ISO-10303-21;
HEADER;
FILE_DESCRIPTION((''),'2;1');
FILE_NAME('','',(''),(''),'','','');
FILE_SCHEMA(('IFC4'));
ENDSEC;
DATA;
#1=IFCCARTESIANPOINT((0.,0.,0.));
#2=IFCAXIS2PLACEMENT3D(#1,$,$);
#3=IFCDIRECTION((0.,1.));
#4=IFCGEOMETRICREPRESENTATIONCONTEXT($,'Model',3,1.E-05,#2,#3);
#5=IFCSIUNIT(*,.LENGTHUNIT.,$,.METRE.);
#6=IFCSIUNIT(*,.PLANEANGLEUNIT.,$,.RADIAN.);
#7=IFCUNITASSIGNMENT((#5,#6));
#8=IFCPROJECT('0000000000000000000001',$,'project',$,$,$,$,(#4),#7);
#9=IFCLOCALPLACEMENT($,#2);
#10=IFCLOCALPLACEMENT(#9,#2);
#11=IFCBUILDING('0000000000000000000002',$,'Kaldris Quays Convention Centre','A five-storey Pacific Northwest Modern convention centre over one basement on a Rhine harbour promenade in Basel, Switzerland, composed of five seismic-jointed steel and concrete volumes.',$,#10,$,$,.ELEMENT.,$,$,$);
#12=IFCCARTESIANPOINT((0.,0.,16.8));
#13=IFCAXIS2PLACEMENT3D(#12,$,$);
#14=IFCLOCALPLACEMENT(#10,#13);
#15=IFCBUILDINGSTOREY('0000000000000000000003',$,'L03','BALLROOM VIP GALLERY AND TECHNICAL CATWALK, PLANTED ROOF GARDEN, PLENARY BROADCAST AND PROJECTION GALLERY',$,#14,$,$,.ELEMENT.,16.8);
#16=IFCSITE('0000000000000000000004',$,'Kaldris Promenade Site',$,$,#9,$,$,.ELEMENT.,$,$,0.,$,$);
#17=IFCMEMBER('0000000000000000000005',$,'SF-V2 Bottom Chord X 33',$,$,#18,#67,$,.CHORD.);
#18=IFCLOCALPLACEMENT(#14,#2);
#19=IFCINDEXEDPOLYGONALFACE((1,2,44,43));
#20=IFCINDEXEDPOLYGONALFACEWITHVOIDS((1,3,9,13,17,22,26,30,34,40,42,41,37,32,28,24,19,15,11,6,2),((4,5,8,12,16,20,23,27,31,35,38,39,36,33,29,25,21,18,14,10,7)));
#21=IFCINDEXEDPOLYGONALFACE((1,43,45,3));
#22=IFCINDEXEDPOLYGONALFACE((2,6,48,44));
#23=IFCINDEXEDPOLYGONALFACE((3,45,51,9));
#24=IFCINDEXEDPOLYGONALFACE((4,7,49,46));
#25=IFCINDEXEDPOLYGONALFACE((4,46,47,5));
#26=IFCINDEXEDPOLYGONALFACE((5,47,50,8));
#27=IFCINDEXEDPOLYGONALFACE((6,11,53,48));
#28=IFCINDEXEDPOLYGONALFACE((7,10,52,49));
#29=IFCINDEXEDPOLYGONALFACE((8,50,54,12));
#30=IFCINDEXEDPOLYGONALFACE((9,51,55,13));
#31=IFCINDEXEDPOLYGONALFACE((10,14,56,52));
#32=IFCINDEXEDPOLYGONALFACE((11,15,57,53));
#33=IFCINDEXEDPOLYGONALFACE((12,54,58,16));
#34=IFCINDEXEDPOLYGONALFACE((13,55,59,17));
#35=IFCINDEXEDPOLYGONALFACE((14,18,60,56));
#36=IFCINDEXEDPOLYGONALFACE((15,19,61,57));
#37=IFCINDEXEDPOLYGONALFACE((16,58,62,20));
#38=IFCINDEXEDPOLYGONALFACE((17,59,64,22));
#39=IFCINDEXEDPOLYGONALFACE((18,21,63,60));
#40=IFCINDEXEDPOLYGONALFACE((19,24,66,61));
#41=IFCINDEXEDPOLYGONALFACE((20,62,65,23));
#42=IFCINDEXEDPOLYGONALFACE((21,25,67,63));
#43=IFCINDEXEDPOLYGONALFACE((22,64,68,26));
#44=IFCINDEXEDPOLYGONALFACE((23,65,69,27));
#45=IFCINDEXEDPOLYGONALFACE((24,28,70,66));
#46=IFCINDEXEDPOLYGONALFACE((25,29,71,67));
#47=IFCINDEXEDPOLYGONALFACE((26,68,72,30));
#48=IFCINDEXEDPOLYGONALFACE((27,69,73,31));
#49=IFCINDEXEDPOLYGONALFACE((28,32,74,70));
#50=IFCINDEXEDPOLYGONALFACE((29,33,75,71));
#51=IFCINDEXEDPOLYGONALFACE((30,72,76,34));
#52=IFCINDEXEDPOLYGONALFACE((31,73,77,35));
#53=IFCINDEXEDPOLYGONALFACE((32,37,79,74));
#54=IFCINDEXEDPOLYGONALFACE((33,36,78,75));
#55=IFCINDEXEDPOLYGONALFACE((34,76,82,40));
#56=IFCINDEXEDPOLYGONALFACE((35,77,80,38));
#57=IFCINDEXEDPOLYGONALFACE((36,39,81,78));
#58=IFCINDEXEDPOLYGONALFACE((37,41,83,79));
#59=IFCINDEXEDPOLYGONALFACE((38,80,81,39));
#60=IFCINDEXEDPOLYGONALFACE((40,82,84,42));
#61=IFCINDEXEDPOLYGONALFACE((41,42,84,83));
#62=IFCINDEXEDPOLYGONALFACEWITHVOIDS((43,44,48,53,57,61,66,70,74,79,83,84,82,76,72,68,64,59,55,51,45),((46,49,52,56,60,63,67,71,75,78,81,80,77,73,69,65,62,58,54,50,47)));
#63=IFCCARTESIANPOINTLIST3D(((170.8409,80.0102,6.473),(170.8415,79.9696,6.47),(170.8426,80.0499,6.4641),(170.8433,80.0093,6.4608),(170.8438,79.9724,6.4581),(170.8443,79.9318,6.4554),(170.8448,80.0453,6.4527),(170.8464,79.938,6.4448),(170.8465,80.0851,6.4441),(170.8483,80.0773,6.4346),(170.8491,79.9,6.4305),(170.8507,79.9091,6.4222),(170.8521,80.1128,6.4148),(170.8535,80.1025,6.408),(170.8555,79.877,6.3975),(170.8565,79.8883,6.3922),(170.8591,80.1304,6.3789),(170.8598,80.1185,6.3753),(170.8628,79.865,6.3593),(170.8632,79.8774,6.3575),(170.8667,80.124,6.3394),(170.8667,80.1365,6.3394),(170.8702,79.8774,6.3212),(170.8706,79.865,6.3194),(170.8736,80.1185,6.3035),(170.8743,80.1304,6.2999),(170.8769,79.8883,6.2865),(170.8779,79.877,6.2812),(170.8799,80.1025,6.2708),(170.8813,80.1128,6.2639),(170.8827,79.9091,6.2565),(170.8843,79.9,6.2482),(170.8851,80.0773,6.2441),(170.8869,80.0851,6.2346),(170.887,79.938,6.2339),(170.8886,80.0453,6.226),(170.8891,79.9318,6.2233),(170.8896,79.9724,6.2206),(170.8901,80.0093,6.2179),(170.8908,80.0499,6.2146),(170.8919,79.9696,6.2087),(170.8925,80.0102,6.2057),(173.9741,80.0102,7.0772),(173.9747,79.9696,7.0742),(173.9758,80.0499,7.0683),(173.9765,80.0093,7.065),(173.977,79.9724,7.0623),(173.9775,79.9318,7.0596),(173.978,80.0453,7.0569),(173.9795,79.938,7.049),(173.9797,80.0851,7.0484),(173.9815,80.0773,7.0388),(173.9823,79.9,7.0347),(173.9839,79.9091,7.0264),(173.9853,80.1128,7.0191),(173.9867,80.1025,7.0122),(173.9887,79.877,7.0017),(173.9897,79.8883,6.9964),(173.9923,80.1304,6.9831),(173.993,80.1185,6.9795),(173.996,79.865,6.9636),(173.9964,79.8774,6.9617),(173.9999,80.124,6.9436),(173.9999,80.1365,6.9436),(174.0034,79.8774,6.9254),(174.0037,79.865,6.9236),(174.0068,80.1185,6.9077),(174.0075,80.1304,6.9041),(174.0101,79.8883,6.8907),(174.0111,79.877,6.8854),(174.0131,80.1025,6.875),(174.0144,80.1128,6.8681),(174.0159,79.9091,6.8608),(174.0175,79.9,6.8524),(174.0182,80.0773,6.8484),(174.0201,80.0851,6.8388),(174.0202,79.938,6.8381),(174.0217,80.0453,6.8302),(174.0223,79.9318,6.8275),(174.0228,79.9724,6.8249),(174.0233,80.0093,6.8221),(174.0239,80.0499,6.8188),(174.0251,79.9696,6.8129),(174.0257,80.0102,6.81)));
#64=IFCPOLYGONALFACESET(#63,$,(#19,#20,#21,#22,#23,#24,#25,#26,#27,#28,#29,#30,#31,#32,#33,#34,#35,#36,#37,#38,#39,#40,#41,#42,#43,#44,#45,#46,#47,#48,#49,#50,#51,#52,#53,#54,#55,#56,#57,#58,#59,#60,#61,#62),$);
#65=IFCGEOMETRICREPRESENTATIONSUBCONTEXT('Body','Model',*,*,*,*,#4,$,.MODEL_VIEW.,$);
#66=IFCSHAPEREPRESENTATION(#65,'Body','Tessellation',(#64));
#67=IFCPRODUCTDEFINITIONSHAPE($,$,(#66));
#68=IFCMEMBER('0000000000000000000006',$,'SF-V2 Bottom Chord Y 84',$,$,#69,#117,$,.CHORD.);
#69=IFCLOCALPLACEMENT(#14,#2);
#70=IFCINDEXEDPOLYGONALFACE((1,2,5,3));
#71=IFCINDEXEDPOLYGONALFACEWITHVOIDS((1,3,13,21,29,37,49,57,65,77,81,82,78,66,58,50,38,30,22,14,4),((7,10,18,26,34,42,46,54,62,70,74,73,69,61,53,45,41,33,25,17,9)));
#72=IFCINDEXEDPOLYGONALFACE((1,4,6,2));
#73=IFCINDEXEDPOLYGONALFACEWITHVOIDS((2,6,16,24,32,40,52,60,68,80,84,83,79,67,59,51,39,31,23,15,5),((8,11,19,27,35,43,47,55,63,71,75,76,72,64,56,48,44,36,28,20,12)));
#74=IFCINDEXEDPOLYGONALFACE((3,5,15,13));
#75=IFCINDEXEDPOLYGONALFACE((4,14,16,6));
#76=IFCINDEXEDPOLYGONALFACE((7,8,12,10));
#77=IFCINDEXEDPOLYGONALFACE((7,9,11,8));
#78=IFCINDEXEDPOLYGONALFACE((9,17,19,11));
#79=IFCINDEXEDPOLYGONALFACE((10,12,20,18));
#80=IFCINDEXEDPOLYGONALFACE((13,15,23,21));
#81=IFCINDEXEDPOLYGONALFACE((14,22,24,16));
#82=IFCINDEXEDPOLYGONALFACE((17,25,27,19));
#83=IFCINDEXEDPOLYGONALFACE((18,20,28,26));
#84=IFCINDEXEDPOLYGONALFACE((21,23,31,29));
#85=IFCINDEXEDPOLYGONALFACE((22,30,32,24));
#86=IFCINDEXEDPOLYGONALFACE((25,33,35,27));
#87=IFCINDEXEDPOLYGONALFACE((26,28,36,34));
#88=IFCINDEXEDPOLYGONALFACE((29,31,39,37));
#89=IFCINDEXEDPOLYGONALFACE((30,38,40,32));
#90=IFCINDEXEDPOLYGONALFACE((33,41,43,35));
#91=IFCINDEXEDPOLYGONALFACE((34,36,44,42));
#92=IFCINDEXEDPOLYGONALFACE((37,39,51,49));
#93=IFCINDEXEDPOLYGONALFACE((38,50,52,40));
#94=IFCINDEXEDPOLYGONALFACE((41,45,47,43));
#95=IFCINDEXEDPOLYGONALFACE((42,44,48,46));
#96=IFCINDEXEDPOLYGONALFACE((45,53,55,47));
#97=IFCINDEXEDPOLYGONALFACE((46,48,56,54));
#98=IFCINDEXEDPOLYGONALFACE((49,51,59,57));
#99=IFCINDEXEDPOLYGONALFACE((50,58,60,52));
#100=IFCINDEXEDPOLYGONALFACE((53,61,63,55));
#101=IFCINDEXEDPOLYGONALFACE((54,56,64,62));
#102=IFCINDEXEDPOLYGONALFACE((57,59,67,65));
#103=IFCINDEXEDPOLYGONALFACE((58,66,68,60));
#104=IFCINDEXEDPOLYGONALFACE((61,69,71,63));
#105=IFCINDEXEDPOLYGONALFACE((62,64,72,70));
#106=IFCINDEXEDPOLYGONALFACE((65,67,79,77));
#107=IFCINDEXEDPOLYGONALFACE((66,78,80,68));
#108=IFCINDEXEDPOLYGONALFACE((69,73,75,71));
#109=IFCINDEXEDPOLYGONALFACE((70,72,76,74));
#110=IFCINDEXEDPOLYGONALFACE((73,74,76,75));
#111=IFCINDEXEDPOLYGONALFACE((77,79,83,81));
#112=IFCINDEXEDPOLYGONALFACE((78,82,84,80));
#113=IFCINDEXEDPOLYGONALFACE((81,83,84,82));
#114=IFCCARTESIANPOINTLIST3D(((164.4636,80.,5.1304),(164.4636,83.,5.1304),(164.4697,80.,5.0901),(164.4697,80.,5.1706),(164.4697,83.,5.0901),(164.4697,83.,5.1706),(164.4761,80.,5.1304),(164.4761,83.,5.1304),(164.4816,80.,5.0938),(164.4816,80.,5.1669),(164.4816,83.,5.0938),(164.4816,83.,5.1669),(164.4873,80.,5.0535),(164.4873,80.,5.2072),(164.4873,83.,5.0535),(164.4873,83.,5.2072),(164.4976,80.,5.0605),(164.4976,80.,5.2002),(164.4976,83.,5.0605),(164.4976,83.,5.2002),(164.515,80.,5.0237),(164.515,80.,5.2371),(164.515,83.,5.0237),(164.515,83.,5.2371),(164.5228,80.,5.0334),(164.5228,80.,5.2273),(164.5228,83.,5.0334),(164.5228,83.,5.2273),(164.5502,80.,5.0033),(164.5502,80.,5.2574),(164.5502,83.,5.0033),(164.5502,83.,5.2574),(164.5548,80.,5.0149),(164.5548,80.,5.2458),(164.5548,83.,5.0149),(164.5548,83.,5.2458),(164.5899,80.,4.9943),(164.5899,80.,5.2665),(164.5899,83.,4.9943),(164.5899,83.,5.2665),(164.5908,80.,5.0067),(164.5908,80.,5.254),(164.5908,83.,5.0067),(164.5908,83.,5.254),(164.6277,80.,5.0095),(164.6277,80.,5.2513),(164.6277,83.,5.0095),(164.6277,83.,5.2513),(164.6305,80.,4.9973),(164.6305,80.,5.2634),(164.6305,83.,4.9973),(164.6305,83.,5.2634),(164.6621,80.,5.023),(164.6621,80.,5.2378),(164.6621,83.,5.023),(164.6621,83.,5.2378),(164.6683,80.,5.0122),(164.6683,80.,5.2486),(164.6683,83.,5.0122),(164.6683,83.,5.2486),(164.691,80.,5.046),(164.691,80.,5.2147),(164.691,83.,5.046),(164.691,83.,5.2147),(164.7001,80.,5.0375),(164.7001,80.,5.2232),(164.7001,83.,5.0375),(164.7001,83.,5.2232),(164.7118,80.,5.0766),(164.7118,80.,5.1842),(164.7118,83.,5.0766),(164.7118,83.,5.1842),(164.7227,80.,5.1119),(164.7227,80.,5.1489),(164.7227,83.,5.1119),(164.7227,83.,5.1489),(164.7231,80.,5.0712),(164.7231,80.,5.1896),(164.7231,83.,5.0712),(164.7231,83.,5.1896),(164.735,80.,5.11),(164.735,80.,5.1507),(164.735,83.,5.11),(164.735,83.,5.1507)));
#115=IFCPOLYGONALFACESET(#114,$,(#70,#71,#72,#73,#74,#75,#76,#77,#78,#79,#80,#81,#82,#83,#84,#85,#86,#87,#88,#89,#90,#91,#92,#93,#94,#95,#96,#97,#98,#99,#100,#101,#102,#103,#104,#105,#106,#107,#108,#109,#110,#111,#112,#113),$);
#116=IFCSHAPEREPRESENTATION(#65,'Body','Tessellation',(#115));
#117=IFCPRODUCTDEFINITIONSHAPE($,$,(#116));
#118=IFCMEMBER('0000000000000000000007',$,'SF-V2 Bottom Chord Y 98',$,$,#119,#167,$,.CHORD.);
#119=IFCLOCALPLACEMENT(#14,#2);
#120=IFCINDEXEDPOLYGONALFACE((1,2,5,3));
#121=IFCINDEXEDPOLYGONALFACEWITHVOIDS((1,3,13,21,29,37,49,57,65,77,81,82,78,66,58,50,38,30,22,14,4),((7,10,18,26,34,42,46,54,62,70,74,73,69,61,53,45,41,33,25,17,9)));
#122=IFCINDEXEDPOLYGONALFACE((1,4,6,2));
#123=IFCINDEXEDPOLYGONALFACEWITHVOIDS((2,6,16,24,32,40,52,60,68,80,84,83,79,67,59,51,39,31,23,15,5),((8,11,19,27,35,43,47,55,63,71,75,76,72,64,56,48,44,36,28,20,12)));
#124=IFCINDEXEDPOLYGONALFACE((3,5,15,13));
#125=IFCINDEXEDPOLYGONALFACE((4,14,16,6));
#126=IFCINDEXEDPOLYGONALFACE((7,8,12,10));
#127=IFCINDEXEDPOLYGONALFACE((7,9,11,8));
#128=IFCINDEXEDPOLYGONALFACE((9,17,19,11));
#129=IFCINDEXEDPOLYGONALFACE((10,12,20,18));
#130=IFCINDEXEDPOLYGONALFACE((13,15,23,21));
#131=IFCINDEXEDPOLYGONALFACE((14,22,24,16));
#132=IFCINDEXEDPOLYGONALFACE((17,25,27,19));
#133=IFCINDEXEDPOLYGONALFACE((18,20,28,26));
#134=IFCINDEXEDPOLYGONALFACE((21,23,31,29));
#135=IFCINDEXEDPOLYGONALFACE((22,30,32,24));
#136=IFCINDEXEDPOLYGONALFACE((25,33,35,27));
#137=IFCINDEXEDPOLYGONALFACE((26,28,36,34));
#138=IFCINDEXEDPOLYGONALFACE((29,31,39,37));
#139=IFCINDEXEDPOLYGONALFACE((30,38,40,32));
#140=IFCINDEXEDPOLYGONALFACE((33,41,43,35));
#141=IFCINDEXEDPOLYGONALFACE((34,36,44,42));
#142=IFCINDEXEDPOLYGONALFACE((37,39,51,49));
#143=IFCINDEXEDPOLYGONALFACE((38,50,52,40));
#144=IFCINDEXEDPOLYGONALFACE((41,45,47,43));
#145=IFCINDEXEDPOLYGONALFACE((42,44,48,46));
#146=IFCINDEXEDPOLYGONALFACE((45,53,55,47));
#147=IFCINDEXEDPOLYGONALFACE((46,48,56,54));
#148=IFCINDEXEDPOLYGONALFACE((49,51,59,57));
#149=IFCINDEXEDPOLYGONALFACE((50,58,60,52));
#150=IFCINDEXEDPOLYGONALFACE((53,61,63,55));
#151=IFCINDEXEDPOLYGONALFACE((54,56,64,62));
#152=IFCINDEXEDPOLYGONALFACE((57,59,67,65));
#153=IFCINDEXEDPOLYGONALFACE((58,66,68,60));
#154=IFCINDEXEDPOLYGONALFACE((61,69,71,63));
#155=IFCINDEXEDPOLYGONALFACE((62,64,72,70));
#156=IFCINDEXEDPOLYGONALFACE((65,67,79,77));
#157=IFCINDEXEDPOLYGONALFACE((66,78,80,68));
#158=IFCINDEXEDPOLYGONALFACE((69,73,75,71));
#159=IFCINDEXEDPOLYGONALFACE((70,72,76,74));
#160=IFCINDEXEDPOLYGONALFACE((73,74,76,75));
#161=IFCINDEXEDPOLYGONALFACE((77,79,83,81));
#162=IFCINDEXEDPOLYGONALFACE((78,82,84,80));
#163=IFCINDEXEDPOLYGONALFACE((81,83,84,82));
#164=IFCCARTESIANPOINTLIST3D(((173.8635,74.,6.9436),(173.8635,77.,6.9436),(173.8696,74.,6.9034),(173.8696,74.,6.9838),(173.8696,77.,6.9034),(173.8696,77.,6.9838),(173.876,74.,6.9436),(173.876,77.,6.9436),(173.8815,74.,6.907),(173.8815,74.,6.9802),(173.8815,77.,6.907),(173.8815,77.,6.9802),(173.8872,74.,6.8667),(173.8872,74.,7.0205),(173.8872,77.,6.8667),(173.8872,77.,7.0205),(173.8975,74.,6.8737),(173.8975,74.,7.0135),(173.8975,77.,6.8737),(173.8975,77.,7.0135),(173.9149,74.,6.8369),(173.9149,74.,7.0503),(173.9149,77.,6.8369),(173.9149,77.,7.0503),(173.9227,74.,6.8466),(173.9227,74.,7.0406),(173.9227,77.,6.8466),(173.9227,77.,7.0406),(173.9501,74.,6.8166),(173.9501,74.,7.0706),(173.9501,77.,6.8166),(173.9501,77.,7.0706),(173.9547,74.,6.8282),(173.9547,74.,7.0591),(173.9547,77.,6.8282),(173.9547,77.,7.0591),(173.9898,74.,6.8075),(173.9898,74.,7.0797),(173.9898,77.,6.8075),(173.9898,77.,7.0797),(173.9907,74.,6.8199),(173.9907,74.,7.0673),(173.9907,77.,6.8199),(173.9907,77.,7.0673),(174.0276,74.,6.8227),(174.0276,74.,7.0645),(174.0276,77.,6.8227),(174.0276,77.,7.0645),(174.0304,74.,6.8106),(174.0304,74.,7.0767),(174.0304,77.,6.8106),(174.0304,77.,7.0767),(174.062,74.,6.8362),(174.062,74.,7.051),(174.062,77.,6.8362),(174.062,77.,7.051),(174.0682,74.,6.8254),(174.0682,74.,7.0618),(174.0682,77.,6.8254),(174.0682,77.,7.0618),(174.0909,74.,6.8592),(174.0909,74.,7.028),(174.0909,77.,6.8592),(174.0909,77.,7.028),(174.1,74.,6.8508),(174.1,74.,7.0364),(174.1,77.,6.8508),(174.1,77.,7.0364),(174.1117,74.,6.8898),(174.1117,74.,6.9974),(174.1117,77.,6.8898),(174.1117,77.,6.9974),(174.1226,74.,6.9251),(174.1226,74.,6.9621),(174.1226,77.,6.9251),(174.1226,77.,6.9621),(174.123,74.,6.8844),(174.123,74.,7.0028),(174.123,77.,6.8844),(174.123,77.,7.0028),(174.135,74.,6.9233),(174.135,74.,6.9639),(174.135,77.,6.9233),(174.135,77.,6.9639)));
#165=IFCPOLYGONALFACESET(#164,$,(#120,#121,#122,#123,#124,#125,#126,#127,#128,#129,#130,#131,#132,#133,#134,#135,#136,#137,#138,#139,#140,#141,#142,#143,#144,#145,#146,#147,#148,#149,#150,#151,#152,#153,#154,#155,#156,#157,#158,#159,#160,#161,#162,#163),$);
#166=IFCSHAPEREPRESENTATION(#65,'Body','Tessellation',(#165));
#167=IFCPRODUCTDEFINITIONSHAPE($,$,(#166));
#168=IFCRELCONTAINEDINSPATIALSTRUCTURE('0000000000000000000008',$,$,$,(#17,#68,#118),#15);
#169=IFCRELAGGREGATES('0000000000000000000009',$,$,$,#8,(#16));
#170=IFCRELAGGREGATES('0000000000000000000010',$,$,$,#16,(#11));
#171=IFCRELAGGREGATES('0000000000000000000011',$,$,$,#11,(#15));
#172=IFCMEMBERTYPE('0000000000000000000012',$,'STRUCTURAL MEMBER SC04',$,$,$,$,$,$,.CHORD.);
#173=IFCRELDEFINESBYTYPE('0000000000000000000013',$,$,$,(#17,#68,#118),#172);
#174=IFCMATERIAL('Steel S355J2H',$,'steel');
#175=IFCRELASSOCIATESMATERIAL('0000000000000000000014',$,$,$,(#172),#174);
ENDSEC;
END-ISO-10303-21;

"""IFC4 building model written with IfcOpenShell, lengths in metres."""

from ifc_helpers import new_model, si_unit, direction, frame, origin, origin_2d, place, context, subcontext, project, spatial, hollow_circle, extrude, material, material_profile, profile_set, type_object, element, save


model = new_model("IFC4")

# Units and contexts
model_context = context("Model", 3, precision=1e-05, world=origin(), true_north=direction((0.0, 1.0)))
body_context = subcontext(model_context, "Body", "Model", "MODEL_VIEW")
ifc_project = project(units=[si_unit("LENGTHUNIT", "METRE"), si_unit("PLANEANGLEUNIT", "RADIAN")], contexts=[model_context])

# Site, building, storey
site_placement = place(None, origin())
site = spatial("IfcSite", under=ifc_project, at=site_placement, Name="Kaldris Promenade Site", CompositionType="ELEMENT", RefElevation=0.0)
building_placement = place(site_placement, origin())
building = spatial("IfcBuilding", under=site, at=building_placement, Name="Kaldris Quays Convention Centre", Description="A five-storey Pacific Northwest Modern convention centre over one basement on a Rhine harbour promenade in Basel, Switzerland, composed of five seismic-jointed steel and concrete volumes.", CompositionType="ELEMENT")
storey_placement = place(building_placement, frame((0.0, 0.0, 16.8)))
storey = spatial("IfcBuildingStorey", under=building, at=storey_placement, Name="L03", Description="BALLROOM VIP GALLERY AND TECHNICAL CATWALK, PLANTED ROOF GARDEN, PLENARY BROADCAST AND PROJECTION GALLERY", CompositionType="ELEMENT", Elevation=16.8)

# Members
ifc_material_1 = material(Name="Steel S355J2H", Category="steel")
ifc_material_profile_1 = material_profile(ifc_material_1, hollow_circle(Radius=0.1365, WallThickness=0.0125, at=origin_2d()), Name="CHS 273x12.5")
ifc_profile_set_1 = profile_set([ifc_material_profile_1], Name="Steel S355J2H")
member_type_1 = type_object("IfcMemberType", Name="STRUCTURAL MEMBER SC04", PredefinedType="CHORD", material=ifc_profile_set_1)
member_1_placement = place(storey_placement, frame((170.8667, 80.0, 6.3394), z_axis=(0.981908, 0.0, 0.189358), x_axis=(0.0, 1.0, 0.0)))
element("IfcMember", 1, at=member_1_placement, inside=storey, type_object=member_type_1, Name="SF-V2 Bottom Chord X 33", PredefinedType="CHORD", context=body_context, shape_type="SweptSolid", body=[
    extrude(hollow_circle(Radius=0.1365, WallThickness=0.0125, at=origin_2d()), origin(), (0.0, 0.0, 1.0), 3.1909),
])
for number, where, z_axis, x_axis, name in (
    (2, (164.6001, 80.0, 5.1304), (0.0, 1.0, 0.0), (-1.0, 0.0, 0.0), "SF-V2 Bottom Chord Y 84"),
    (3, (174.0, 74.0, 6.9436), (0.0, 1.0, 0.0), (-1.0, 0.0, 0.0), "SF-V2 Bottom Chord Y 98"),
):
    element("IfcMember", number, at=place(storey_placement, frame(where, z_axis=z_axis, x_axis=x_axis)), inside=storey, type_object=member_type_1, Name=name, PredefinedType="CHORD", context=body_context, shape_type="SweptSolid", body=[
        extrude(hollow_circle(Radius=0.1365, WallThickness=0.0125, at=origin_2d()), origin(), (0.0, 0.0, 1.0), 3.0),
    ])

save(model, "model.ifc")
